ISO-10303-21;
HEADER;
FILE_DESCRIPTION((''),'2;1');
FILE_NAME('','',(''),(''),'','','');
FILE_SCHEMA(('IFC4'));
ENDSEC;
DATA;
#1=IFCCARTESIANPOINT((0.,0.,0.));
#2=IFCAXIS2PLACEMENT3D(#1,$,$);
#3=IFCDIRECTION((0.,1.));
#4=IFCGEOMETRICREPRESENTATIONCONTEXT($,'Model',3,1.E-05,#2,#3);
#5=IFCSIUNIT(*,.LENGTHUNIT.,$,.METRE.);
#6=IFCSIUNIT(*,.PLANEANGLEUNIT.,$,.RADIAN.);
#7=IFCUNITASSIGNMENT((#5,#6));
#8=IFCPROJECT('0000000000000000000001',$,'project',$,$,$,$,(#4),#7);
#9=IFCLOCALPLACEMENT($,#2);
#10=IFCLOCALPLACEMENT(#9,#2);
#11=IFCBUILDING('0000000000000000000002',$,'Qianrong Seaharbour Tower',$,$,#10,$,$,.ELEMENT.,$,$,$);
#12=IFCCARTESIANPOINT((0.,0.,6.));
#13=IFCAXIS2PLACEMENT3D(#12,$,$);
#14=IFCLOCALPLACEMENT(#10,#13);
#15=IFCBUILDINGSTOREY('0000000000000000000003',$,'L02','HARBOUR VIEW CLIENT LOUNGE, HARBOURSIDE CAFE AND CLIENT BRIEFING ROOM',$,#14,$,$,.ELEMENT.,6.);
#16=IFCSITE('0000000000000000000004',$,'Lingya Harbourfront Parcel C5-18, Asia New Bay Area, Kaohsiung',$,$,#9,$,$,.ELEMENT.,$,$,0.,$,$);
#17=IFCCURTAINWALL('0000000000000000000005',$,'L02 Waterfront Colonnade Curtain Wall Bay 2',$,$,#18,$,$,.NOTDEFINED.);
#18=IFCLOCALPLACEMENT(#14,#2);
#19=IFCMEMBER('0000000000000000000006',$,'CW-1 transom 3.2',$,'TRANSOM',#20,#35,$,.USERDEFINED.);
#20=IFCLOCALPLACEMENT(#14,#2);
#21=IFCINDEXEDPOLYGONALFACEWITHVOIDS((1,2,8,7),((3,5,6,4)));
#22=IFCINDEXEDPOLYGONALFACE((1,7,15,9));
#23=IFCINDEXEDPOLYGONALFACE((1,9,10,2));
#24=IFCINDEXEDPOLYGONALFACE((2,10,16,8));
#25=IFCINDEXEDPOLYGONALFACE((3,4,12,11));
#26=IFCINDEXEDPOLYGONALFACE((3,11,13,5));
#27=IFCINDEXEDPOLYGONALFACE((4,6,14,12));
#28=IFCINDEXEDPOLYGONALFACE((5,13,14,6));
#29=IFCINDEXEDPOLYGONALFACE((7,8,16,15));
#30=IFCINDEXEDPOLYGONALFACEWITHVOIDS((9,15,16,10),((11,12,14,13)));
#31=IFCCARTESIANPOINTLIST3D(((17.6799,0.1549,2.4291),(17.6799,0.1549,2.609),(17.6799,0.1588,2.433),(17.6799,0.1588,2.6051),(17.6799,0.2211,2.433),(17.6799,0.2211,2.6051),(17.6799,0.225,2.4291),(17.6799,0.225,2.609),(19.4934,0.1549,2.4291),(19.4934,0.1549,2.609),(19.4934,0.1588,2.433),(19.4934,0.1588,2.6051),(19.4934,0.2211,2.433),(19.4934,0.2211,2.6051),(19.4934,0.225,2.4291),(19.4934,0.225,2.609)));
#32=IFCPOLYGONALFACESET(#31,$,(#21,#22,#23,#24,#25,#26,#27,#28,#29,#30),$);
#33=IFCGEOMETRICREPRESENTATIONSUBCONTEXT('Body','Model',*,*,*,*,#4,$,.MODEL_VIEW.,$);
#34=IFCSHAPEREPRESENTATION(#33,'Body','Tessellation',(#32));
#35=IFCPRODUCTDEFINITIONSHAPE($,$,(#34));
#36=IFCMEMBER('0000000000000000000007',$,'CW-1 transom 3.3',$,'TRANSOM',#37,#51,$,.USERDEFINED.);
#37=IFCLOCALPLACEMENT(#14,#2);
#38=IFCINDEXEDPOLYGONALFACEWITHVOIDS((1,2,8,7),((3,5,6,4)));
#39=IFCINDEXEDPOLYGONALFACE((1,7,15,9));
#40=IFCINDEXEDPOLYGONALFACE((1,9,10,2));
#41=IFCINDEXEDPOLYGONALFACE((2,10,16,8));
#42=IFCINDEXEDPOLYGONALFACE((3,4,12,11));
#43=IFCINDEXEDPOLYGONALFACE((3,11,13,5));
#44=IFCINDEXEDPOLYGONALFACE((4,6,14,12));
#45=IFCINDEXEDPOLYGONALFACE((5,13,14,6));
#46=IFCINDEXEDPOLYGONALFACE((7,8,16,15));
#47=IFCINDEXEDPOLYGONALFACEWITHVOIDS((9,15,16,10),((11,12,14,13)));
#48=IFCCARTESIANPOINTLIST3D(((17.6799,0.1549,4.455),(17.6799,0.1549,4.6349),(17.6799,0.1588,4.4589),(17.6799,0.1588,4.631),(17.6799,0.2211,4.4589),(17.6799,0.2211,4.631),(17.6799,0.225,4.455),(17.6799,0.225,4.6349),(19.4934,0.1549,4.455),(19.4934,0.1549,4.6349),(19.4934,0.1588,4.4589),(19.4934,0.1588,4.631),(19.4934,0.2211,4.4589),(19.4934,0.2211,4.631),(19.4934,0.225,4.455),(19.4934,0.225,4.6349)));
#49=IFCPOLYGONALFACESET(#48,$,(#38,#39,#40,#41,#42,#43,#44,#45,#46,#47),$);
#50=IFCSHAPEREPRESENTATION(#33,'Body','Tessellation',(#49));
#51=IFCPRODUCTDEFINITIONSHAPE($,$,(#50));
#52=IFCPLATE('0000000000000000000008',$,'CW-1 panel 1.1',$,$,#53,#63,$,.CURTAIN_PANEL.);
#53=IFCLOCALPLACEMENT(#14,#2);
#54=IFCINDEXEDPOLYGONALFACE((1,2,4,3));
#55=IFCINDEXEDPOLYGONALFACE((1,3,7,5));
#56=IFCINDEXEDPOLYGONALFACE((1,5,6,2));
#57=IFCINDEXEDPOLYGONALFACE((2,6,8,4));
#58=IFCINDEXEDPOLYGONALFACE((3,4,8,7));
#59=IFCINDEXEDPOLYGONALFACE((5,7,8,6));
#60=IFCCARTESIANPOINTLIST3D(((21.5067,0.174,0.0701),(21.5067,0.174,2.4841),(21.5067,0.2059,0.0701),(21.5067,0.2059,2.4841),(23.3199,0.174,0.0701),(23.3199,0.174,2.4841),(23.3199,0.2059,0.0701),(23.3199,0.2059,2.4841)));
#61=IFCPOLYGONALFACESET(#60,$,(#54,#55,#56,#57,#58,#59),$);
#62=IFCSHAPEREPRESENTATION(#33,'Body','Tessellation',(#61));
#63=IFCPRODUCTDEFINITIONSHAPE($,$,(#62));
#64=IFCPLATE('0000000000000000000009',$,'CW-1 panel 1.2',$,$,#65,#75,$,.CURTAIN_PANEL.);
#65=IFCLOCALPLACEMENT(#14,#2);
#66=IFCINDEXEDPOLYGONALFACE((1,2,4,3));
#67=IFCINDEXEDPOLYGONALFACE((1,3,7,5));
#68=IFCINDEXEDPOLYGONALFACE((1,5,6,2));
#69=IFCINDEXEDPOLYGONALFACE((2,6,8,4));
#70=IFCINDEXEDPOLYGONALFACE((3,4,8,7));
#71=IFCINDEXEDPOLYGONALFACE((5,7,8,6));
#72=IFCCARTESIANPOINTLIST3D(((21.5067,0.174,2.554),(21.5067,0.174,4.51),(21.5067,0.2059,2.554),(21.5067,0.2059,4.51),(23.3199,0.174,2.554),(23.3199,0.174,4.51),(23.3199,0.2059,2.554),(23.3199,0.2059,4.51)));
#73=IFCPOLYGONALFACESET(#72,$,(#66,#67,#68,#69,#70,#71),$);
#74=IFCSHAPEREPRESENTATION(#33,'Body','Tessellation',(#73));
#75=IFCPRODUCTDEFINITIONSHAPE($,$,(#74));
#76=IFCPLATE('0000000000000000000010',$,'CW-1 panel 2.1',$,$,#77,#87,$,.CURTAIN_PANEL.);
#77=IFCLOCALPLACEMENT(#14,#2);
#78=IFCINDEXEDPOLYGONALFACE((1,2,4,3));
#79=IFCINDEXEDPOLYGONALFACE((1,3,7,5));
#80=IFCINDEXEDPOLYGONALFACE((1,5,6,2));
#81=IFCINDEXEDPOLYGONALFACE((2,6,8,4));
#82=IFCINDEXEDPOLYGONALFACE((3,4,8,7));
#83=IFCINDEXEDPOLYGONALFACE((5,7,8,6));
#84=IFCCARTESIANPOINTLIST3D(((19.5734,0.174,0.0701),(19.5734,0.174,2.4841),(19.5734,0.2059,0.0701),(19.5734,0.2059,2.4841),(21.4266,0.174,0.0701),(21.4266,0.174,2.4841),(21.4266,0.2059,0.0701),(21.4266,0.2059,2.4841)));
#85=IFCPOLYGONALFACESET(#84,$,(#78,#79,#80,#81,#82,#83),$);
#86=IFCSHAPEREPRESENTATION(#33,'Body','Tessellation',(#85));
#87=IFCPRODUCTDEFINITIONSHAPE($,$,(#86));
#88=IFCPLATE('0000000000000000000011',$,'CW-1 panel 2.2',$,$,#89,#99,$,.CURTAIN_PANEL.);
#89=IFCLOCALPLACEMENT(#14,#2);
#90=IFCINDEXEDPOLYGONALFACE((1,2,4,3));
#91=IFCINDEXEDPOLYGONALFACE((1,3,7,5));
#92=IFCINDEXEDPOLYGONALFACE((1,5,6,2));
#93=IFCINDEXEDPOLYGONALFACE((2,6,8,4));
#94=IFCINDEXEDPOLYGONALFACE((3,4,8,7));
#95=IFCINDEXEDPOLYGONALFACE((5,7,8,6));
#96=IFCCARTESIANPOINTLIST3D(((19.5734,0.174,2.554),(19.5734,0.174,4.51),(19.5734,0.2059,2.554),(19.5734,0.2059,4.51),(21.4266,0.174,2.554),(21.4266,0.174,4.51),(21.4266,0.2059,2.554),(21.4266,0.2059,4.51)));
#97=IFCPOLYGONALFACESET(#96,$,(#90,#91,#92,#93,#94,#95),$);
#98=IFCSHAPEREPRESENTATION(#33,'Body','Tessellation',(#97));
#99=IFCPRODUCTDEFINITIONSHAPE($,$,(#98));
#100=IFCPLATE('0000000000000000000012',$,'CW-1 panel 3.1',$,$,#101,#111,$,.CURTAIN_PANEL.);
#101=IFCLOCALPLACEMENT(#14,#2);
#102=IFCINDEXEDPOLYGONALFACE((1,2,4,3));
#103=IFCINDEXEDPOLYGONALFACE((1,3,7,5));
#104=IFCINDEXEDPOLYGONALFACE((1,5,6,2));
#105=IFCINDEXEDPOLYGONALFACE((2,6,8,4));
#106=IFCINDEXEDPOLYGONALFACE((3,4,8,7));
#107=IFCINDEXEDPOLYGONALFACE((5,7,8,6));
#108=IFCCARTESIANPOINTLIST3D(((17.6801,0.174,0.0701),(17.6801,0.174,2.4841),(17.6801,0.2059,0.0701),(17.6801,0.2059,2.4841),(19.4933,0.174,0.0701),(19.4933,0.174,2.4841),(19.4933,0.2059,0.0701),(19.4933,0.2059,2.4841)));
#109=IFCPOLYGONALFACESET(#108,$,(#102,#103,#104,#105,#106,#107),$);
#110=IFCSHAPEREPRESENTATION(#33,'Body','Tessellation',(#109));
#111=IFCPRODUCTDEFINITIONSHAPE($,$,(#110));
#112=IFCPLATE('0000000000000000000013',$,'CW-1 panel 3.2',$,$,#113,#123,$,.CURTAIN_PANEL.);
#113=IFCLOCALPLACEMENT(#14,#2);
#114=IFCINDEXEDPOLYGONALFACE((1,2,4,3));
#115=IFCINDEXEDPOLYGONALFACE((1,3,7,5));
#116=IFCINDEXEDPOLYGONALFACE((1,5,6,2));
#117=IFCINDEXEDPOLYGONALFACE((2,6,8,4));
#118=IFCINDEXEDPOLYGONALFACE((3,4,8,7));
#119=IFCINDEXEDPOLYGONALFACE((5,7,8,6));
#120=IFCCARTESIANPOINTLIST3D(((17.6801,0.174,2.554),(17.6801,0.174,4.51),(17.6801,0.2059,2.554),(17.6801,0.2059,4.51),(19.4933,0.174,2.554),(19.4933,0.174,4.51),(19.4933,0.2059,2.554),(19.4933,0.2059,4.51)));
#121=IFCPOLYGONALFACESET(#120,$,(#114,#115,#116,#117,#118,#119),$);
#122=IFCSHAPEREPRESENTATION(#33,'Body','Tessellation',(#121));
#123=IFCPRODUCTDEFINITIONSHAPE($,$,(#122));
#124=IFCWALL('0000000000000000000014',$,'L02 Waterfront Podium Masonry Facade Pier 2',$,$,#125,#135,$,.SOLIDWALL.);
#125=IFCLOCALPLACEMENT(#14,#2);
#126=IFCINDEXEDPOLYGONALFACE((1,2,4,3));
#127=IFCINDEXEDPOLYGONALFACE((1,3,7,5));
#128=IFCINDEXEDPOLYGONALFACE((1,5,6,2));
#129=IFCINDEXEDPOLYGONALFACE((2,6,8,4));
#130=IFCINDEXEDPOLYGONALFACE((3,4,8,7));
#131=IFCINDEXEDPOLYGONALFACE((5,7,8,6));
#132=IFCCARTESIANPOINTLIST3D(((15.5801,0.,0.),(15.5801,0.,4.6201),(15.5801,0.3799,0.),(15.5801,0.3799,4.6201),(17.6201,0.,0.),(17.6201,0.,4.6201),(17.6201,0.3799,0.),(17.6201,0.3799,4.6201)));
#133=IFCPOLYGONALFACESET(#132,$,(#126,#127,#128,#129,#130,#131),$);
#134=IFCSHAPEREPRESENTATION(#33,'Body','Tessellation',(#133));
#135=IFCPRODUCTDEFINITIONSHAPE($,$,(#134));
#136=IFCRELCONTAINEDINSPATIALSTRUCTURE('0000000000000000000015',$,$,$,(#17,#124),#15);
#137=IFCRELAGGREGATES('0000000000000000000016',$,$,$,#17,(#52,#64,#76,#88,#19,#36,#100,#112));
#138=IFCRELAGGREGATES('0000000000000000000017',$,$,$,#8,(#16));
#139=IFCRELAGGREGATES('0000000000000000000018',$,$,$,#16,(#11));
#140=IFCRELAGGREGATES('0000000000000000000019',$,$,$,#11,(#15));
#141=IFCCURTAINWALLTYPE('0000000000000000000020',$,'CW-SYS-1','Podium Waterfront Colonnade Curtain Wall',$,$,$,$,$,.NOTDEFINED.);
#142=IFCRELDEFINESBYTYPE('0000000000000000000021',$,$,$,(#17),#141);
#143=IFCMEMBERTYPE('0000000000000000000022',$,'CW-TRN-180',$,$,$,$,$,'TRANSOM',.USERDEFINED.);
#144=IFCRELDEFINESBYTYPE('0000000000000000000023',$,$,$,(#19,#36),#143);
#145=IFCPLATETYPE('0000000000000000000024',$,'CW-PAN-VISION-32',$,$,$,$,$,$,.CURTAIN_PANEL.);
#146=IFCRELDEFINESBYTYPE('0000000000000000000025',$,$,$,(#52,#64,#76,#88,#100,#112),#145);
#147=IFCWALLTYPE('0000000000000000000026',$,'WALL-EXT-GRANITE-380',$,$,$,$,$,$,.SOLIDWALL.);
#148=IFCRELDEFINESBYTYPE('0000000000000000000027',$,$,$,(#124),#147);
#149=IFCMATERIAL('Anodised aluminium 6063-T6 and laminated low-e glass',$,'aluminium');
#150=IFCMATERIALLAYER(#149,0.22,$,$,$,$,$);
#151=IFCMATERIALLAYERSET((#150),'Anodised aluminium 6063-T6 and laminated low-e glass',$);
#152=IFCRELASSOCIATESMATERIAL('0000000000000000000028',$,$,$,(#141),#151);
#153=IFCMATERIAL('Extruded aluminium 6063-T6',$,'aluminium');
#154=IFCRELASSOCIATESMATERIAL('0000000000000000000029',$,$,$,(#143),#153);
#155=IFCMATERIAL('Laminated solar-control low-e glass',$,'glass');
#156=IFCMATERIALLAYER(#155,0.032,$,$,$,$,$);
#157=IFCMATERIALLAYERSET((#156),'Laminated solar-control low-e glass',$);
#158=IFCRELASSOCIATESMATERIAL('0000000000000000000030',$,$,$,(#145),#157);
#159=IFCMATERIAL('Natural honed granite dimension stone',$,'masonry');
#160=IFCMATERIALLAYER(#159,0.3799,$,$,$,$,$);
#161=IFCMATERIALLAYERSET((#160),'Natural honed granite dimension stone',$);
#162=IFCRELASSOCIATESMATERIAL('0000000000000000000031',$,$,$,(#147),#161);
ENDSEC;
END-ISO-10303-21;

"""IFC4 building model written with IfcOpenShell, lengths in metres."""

from ifc_helpers import new_model, si_unit, direction, frame, frame_2d, origin, origin_2d, place, context, subcontext, project, spatial, rectangle, hollow_rectangle, extrude, material, layer, layer_set, material_profile, profile_set, type_object, element, aggregate, save


model = new_model("IFC4")

# Units and contexts
model_context = context("Model", 3, precision=1e-05, world=origin(), true_north=direction((0.0, 1.0)))
body_context = subcontext(model_context, "Body", "Model", "MODEL_VIEW")
ifc_project = project(units=[si_unit("LENGTHUNIT", "METRE"), si_unit("PLANEANGLEUNIT", "RADIAN")], contexts=[model_context])

# Site, building, storey
site_placement = place(None, origin())
site = spatial("IfcSite", under=ifc_project, at=site_placement, Name="Lingya Harbourfront Parcel C5-18, Asia New Bay Area, Kaohsiung", CompositionType="ELEMENT", RefElevation=0.0)
building_placement = place(site_placement, origin())
building = spatial("IfcBuilding", under=site, at=building_placement, Name="Qianrong Seaharbour Tower", CompositionType="ELEMENT")
storey_placement = place(building_placement, frame((0.0, 0.0, 6.0)))
storey = spatial("IfcBuildingStorey", under=building, at=storey_placement, Name="L02", Description="HARBOUR VIEW CLIENT LOUNGE, HARBOURSIDE CAFE AND CLIENT BRIEFING ROOM", CompositionType="ELEMENT", Elevation=6.0)

# Curtain wall, members, plates
ifc_material_1 = material(Name="Anodised aluminium 6063-T6 and laminated low-e glass", Category="aluminium")
ifc_layer_1 = layer(ifc_material_1, 0.22)
ifc_layer_set_1 = layer_set([ifc_layer_1], Name="Anodised aluminium 6063-T6 and laminated low-e glass")
curtain_wall_type = type_object("IfcCurtainWallType", Name="CW-SYS-1", Description="Podium Waterfront Colonnade Curtain Wall", PredefinedType="NOTDEFINED", material=ifc_layer_set_1)
curtain_wall_placement = place(storey_placement, origin())
curtain_wall = element("IfcCurtainWall", 1, at=curtain_wall_placement, inside=storey, type_object=curtain_wall_type, Name="L02 Waterfront Colonnade Curtain Wall Bay 2", PredefinedType="NOTDEFINED")
ifc_material_2 = material(Name="Extruded aluminium 6063-T6", Category="aluminium")
ifc_material_profile_1 = material_profile(ifc_material_2, hollow_rectangle(XDim=0.0701, YDim=0.1799, WallThickness=0.0039, at=origin_2d()), Name="ALU-TRN-180x70x4")
ifc_profile_set_1 = profile_set([ifc_material_profile_1], Name="Extruded aluminium 6063-T6")
member_type_1 = type_object("IfcMemberType", Name="CW-TRN-180", ElementType="TRANSOM", PredefinedType="USERDEFINED", material=ifc_profile_set_1)
member_1_placement = place(storey_placement, frame((19.4934, 0.1899, 2.519), z_axis=(-1.0, 0.0, 0.0), x_axis=(0.0, -1.0, 0.0)))
member_1 = element("IfcMember", 2, at=member_1_placement, type_object=member_type_1, Name="CW-1 transom 3.2", ObjectType="TRANSOM", PredefinedType="USERDEFINED", context=body_context, shape_type="SweptSolid", body=[
    extrude(hollow_rectangle(XDim=0.0701, YDim=0.1799, WallThickness=0.0039, at=origin_2d()), origin(), (0.0, 0.0, 1.0), 1.8135),
])
member_2_placement = place(storey_placement, frame((19.4934, 0.1899, 4.5449), z_axis=(-1.0, 0.0, 0.0), x_axis=(0.0, -1.0, 0.0)))
member_2 = element("IfcMember", 3, at=member_2_placement, type_object=member_type_1, Name="CW-1 transom 3.3", ObjectType="TRANSOM", PredefinedType="USERDEFINED", context=body_context, shape_type="SweptSolid", body=[
    extrude(hollow_rectangle(XDim=0.0701, YDim=0.1799, WallThickness=0.0039, at=origin_2d()), origin(), (0.0, 0.0, 1.0), 1.8135),
])
ifc_material_3 = material(Name="Laminated solar-control low-e glass", Category="glass")
ifc_layer_2 = layer(ifc_material_3, 0.032)
ifc_layer_set_2 = layer_set([ifc_layer_2], Name="Laminated solar-control low-e glass")
plate_type = type_object("IfcPlateType", Name="CW-PAN-VISION-32", PredefinedType="CURTAIN_PANEL", material=ifc_layer_set_2)
plate_1_placement = place(storey_placement, frame((22.4133, 0.1899, 0.0701), z_axis=(0.0, 0.0, 1.0), x_axis=(-1.0, 0.0, 0.0)))
plate_1 = element("IfcPlate", 4, at=plate_1_placement, type_object=plate_type, Name="CW-1 panel 1.1", PredefinedType="CURTAIN_PANEL", context=body_context, shape_type="SweptSolid", body=[
    extrude(rectangle(XDim=1.8132, YDim=0.032, at=origin_2d()), origin(), (0.0, 0.0, 1.0), 2.4141),
])
plate_2_placement = place(storey_placement, frame((22.4133, 0.1899, 2.554), z_axis=(0.0, 0.0, 1.0), x_axis=(-1.0, 0.0, 0.0)))
plate_2 = element("IfcPlate", 5, at=plate_2_placement, type_object=plate_type, Name="CW-1 panel 1.2", PredefinedType="CURTAIN_PANEL", context=body_context, shape_type="SweptSolid", body=[
    extrude(rectangle(XDim=1.8132, YDim=0.032, at=origin_2d()), origin(), (0.0, 0.0, 1.0), 1.9561),
])
plate_3_placement = place(storey_placement, frame((20.5, 0.1899, 0.0701), z_axis=(0.0, 0.0, 1.0), x_axis=(-1.0, 0.0, 0.0)))
plate_3 = element("IfcPlate", 6, at=plate_3_placement, type_object=plate_type, Name="CW-1 panel 2.1", PredefinedType="CURTAIN_PANEL", context=body_context, shape_type="SweptSolid", body=[
    extrude(rectangle(XDim=1.8533, YDim=0.032, at=origin_2d()), origin(), (0.0, 0.0, 1.0), 2.4141),
])
plate_4_placement = place(storey_placement, frame((20.5, 0.1899, 2.554), z_axis=(0.0, 0.0, 1.0), x_axis=(-1.0, 0.0, 0.0)))
plate_4 = element("IfcPlate", 7, at=plate_4_placement, type_object=plate_type, Name="CW-1 panel 2.2", PredefinedType="CURTAIN_PANEL", context=body_context, shape_type="SweptSolid", body=[
    extrude(rectangle(XDim=1.8533, YDim=0.032, at=origin_2d()), origin(), (0.0, 0.0, 1.0), 1.9561),
])
plate_5_placement = place(storey_placement, frame((18.5867, 0.1899, 0.0701), z_axis=(0.0, 0.0, 1.0), x_axis=(-1.0, 0.0, 0.0)))
plate_5 = element("IfcPlate", 8, at=plate_5_placement, type_object=plate_type, Name="CW-1 panel 3.1", PredefinedType="CURTAIN_PANEL", context=body_context, shape_type="SweptSolid", body=[
    extrude(rectangle(XDim=1.8132, YDim=0.032, at=origin_2d()), origin(), (0.0, 0.0, 1.0), 2.4141),
])
plate_6_placement = place(storey_placement, frame((18.5867, 0.1899, 2.554), z_axis=(0.0, 0.0, 1.0), x_axis=(-1.0, 0.0, 0.0)))
plate_6 = element("IfcPlate", 9, at=plate_6_placement, type_object=plate_type, Name="CW-1 panel 3.2", PredefinedType="CURTAIN_PANEL", context=body_context, shape_type="SweptSolid", body=[
    extrude(rectangle(XDim=1.8132, YDim=0.032, at=origin_2d()), origin(), (0.0, 0.0, 1.0), 1.9561),
])
aggregate(curtain_wall, [plate_1, plate_2, plate_3, plate_4, member_1, member_2, plate_5, plate_6])

# Wall
ifc_material_4 = material(Name="Natural honed granite dimension stone", Category="masonry")
ifc_layer_3 = layer(ifc_material_4, 0.3799)
ifc_layer_set_3 = layer_set([ifc_layer_3], Name="Natural honed granite dimension stone")
wall_type = type_object("IfcWallType", Name="WALL-EXT-GRANITE-380", PredefinedType="SOLIDWALL", material=ifc_layer_set_3)
wall_placement = place(storey_placement, frame((17.6201, 0.1899, 0.0), z_axis=(0.0, 0.0, 1.0), x_axis=(-1.0, 0.0, 0.0)))
element("IfcWall", 10, at=wall_placement, inside=storey, type_object=wall_type, Name="L02 Waterfront Podium Masonry Facade Pier 2", PredefinedType="SOLIDWALL", context=body_context, shape_type="SweptSolid", body=[
    extrude(rectangle(XDim=2.04, YDim=0.3799, at=frame_2d((1.02, 0.0))), origin(), (0.0, 0.0, 1.0), 4.6201),
])

save(model, "model.ifc")
